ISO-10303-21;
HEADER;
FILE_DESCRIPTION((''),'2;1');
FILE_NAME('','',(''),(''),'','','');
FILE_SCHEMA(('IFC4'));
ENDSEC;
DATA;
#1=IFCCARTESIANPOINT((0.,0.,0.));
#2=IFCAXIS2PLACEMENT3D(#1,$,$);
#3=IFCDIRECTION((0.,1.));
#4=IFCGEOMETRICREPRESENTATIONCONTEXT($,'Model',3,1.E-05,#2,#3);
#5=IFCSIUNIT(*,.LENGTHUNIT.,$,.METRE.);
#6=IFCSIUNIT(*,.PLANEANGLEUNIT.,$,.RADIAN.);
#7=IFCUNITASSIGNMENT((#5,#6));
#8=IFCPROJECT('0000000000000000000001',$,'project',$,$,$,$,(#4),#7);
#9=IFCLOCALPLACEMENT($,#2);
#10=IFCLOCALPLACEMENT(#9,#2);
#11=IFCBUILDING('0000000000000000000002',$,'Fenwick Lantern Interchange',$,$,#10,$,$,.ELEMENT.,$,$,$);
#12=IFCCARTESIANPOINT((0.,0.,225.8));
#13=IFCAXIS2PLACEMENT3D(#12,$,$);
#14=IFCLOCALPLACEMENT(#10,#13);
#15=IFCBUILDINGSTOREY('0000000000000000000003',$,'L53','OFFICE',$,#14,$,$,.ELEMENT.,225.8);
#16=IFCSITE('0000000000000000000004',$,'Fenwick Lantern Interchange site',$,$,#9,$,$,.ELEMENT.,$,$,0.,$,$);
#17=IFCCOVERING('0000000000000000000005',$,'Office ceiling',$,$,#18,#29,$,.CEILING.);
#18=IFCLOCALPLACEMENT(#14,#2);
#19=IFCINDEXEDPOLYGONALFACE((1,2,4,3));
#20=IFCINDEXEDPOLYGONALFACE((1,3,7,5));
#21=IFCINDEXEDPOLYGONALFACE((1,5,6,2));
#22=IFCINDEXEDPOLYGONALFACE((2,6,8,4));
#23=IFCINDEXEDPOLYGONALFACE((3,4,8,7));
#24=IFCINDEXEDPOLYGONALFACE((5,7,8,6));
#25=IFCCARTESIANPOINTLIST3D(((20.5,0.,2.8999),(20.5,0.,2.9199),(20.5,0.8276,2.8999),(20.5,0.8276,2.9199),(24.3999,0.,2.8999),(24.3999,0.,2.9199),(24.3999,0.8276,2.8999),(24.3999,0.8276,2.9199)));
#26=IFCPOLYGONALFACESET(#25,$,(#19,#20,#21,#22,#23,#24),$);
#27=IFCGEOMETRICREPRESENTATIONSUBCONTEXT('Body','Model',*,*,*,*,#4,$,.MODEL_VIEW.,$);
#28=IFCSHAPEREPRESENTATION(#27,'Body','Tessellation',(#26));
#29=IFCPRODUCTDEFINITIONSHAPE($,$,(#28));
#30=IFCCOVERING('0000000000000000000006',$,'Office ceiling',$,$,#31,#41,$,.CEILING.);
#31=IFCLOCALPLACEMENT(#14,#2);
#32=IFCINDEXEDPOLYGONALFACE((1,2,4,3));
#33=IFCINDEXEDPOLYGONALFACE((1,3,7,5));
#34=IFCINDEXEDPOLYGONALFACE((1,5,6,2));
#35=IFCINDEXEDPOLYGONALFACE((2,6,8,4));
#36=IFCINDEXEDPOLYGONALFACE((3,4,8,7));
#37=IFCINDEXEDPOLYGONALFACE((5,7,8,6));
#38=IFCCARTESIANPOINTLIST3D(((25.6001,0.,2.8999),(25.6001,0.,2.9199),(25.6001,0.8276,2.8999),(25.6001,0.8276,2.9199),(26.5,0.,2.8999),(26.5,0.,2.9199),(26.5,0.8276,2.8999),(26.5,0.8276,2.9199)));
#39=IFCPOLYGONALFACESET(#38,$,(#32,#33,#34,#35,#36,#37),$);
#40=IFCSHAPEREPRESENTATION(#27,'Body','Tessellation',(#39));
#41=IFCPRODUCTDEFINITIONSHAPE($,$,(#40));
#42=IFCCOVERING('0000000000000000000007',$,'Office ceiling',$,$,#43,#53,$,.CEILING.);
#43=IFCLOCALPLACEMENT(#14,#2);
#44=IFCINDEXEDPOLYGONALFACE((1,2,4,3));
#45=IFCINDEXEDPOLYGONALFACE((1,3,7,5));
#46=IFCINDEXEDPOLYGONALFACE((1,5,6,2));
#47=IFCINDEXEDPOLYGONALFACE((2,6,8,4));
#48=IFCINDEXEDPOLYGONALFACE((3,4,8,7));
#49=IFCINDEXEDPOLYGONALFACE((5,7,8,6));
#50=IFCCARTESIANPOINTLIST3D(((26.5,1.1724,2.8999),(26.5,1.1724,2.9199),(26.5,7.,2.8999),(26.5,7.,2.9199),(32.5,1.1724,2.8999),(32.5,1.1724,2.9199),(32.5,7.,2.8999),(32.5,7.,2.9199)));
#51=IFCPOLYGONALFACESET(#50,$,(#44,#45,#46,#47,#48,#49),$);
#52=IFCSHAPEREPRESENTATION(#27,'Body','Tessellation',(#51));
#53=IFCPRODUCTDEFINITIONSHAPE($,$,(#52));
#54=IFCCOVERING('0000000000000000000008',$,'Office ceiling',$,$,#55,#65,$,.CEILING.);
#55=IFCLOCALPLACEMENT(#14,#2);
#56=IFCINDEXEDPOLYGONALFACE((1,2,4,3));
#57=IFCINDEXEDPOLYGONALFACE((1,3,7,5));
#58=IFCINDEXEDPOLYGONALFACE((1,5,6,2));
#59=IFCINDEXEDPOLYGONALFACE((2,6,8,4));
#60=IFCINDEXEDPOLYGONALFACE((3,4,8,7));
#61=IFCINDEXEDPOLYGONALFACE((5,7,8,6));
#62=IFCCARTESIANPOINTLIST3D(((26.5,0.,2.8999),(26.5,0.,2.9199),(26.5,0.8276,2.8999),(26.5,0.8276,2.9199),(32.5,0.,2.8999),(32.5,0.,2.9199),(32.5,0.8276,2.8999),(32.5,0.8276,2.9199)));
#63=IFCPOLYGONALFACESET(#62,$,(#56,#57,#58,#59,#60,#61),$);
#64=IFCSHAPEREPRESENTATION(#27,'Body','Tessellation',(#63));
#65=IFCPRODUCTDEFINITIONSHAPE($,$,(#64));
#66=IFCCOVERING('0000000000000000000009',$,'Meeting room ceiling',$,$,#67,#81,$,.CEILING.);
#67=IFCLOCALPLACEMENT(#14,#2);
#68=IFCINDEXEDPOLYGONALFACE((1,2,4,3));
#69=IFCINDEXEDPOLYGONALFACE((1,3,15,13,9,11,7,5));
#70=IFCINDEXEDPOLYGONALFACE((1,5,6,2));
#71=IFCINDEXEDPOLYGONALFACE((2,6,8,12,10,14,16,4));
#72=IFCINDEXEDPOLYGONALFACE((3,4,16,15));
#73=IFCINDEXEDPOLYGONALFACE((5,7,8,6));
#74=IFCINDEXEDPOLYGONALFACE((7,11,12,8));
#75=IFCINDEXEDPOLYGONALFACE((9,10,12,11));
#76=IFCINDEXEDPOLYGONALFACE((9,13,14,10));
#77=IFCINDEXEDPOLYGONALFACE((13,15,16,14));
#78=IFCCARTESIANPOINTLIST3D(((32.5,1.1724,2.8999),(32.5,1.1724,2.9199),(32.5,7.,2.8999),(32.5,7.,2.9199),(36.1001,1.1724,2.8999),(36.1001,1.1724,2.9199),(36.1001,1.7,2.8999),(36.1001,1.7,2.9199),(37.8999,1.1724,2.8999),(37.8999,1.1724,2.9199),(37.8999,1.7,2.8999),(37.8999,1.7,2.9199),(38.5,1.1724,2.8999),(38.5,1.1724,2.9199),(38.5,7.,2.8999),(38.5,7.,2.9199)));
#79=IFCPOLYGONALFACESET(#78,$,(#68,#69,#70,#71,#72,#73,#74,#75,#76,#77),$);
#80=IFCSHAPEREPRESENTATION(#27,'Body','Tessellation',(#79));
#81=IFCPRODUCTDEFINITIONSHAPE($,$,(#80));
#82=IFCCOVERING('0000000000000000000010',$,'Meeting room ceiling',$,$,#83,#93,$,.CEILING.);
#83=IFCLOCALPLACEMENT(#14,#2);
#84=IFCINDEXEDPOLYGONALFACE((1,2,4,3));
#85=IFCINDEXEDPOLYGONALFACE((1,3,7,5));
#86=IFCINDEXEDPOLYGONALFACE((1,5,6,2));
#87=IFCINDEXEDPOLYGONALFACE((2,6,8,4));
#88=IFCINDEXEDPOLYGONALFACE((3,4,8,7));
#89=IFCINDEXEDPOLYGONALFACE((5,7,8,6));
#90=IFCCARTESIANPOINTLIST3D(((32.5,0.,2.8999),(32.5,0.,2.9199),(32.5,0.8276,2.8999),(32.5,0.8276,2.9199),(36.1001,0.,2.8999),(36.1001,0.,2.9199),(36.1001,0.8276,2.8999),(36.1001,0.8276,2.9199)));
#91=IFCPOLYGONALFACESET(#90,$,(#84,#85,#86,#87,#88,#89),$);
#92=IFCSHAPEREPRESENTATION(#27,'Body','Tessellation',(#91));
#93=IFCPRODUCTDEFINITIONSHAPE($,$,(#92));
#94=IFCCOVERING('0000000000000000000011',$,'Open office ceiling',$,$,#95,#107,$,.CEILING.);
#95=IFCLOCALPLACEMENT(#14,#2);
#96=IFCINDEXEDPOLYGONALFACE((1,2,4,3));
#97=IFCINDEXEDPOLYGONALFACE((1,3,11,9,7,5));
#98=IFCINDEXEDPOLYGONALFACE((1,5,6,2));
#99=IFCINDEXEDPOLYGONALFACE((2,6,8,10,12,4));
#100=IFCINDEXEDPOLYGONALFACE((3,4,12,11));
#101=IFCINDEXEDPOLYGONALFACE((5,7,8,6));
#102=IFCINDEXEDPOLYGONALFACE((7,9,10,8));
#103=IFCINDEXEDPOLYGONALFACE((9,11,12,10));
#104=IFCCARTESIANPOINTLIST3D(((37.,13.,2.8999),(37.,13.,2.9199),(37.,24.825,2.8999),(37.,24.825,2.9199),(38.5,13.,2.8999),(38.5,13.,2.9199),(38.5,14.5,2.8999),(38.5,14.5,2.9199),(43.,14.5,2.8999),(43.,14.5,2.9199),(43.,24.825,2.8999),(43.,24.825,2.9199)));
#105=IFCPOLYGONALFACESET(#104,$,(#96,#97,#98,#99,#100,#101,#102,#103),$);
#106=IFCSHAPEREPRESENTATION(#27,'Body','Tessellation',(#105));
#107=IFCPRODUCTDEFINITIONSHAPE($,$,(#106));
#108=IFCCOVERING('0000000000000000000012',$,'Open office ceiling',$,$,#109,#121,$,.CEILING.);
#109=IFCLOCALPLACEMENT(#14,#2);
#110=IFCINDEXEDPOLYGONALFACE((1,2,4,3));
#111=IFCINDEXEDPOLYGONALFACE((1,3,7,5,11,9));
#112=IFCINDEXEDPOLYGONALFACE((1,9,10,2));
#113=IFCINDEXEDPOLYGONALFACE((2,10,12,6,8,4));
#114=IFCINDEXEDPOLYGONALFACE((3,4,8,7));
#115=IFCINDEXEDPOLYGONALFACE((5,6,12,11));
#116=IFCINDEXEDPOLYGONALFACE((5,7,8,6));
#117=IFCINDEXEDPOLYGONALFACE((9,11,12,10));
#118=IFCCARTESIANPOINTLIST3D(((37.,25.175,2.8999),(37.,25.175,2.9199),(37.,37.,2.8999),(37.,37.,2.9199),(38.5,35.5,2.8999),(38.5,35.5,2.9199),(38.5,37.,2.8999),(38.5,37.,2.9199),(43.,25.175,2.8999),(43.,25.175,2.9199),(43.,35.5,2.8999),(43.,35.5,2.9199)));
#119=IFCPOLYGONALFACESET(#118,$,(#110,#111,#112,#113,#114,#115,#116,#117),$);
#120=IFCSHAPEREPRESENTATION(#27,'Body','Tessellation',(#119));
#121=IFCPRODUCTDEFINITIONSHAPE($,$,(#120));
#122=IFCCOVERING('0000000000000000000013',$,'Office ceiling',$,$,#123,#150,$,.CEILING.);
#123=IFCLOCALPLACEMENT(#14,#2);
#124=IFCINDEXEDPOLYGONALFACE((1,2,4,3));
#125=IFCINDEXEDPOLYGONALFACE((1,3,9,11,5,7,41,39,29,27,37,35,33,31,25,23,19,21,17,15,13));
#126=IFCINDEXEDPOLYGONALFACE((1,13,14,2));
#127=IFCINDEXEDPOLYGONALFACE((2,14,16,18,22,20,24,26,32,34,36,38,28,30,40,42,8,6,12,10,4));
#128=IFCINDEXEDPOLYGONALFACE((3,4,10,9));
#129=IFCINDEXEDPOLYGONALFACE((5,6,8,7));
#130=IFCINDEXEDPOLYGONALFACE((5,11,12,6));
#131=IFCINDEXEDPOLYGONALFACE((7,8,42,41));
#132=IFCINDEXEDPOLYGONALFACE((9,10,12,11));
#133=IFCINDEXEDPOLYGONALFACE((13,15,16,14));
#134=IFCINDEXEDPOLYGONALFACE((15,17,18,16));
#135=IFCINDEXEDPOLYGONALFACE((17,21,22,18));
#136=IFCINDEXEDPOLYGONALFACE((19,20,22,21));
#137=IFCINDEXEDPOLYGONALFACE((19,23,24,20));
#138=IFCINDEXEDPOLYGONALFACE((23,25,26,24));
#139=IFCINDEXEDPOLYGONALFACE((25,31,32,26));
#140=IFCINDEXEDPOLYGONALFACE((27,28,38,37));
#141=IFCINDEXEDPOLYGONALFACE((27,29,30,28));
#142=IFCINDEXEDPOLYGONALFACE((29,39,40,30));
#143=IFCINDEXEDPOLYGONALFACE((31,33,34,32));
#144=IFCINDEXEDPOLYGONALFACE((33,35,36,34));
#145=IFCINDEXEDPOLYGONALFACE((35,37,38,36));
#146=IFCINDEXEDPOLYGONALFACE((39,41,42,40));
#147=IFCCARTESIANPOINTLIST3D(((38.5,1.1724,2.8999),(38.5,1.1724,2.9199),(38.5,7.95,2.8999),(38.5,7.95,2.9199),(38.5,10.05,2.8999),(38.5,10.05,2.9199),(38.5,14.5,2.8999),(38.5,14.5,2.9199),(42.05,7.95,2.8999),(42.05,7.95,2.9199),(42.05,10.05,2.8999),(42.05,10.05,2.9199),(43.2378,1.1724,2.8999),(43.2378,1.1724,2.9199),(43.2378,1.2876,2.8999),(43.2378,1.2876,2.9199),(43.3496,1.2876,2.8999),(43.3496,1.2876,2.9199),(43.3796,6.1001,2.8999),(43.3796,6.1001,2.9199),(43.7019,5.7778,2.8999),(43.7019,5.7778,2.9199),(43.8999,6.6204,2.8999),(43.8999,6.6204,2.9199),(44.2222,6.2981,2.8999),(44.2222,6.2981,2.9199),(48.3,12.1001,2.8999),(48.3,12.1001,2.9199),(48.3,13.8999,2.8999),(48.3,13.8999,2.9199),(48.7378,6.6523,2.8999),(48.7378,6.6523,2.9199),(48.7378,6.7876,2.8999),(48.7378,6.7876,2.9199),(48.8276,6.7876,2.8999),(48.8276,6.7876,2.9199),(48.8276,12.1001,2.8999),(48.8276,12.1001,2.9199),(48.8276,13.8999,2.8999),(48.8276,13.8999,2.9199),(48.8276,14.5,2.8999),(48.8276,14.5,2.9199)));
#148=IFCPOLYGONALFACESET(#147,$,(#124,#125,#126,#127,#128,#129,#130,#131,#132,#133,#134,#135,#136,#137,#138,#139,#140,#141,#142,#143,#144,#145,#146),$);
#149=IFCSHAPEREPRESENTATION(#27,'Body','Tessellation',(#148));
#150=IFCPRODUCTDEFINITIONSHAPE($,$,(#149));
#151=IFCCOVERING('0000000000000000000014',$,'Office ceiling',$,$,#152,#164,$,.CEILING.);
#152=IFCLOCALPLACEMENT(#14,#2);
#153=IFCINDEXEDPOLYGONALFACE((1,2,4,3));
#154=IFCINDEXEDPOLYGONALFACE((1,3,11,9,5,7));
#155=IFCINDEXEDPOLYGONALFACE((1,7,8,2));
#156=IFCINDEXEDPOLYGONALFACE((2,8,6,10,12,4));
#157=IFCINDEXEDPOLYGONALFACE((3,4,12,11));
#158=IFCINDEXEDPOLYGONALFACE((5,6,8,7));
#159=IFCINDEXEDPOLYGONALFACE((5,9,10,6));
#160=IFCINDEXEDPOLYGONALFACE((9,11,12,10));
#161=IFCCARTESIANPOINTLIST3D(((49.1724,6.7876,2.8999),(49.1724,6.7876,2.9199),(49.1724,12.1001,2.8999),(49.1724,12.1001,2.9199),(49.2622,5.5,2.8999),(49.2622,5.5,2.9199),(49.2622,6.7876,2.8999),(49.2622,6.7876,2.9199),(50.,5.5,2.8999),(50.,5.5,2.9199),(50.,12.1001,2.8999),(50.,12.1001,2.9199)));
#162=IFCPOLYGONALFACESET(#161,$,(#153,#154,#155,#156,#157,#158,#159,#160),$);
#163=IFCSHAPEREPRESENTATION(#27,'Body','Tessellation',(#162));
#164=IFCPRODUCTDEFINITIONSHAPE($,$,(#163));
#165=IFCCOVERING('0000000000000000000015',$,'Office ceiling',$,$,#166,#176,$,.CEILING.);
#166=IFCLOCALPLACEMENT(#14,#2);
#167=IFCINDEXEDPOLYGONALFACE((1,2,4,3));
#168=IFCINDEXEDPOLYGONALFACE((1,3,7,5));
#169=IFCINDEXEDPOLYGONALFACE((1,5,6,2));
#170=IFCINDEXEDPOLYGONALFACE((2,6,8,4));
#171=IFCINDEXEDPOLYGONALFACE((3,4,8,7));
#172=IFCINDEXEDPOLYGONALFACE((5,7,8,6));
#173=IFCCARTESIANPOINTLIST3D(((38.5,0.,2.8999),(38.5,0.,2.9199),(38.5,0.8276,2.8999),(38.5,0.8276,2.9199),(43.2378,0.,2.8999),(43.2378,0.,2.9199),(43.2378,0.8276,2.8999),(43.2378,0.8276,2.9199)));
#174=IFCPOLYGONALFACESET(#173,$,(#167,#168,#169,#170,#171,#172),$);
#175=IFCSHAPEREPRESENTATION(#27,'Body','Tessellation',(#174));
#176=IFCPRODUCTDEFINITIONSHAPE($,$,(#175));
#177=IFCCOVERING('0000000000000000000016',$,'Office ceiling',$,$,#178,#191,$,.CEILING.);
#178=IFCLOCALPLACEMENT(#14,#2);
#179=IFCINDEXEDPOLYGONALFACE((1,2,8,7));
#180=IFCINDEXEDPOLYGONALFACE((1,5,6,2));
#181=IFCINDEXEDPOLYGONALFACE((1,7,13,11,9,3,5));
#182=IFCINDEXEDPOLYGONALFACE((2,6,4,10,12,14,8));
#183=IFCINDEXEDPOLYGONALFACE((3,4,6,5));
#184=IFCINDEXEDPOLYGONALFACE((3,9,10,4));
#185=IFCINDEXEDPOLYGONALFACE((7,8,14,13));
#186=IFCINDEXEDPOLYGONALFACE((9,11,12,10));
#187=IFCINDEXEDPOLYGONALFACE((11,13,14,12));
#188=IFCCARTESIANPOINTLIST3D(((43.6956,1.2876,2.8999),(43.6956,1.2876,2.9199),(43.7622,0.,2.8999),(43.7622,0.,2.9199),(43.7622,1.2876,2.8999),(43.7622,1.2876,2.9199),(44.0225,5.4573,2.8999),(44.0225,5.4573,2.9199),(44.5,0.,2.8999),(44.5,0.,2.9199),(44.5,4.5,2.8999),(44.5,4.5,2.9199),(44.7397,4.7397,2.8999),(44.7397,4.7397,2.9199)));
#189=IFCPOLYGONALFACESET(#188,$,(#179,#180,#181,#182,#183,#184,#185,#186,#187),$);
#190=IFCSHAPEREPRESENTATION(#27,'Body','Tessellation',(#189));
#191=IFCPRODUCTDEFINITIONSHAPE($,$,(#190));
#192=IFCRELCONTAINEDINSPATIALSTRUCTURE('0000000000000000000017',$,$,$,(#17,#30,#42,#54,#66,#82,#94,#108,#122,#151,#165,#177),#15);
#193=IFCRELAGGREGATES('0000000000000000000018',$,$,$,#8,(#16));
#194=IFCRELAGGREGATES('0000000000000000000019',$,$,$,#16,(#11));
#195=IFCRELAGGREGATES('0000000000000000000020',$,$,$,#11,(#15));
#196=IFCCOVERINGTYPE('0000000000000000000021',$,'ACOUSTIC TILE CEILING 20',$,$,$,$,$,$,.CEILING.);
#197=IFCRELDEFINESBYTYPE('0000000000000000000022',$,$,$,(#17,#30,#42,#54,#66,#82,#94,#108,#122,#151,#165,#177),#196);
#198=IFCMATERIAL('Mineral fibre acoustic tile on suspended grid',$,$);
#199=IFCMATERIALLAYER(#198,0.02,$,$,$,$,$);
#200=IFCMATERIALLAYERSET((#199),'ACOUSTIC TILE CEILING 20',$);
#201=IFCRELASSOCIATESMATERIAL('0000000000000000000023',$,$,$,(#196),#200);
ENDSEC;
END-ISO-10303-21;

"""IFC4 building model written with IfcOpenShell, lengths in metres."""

from ifc_helpers import new_model, si_unit, direction, frame, origin, place, context, subcontext, project, spatial, polyline, outline, extrude, material, layer, layer_set, type_object, element, save


model = new_model("IFC4")

# Units and contexts
model_context = context("Model", 3, precision=1e-05, world=origin(), true_north=direction((0.0, 1.0)))
body_context = subcontext(model_context, "Body", "Model", "MODEL_VIEW")
ifc_project = project(units=[si_unit("LENGTHUNIT", "METRE"), si_unit("PLANEANGLEUNIT", "RADIAN")], contexts=[model_context])

# Site, building, storey
site_placement = place(None, origin())
site = spatial("IfcSite", under=ifc_project, at=site_placement, Name="Fenwick Lantern Interchange site", CompositionType="ELEMENT", RefElevation=0.0)
building_placement = place(site_placement, origin())
building = spatial("IfcBuilding", under=site, at=building_placement, Name="Fenwick Lantern Interchange", CompositionType="ELEMENT")
storey_placement = place(building_placement, frame((0.0, 0.0, 225.8)))
storey = spatial("IfcBuildingStorey", under=building, at=storey_placement, Name="L53", Description="OFFICE", CompositionType="ELEMENT", Elevation=225.8)

# Coverings
ifc_material_1 = material(Name="Mineral fibre acoustic tile on suspended grid")
ifc_layer_1 = layer(ifc_material_1, 0.02)
ifc_layer_set_1 = layer_set([ifc_layer_1], Name="ACOUSTIC TILE CEILING 20")
covering_type_1 = type_object("IfcCoveringType", Name="ACOUSTIC TILE CEILING 20", PredefinedType="CEILING", material=ifc_layer_set_1)
covering_1_placement = place(storey_placement, frame((0.0, 0.0, 2.8999)))
element("IfcCovering", 1, at=covering_1_placement, inside=storey, type_object=covering_type_1, Name="Office ceiling", PredefinedType="CEILING", context=body_context, shape_type="SweptSolid", body=[
    extrude(outline(polyline([(20.5, 0.8276), (20.5, 0.0), (24.3999, 0.0), (24.3999, 0.8276), (20.5, 0.8276)])), origin(), (0.0, 0.0, 1.0), 0.02),
])
covering_2_placement = place(storey_placement, frame((0.0, 0.0, 2.8999)))
element("IfcCovering", 2, at=covering_2_placement, inside=storey, type_object=covering_type_1, Name="Office ceiling", PredefinedType="CEILING", context=body_context, shape_type="SweptSolid", body=[
    extrude(outline(polyline([(26.5, 0.0), (26.5, 0.8276), (25.6001, 0.8276), (25.6001, 0.0), (26.5, 0.0)])), origin(), (0.0, 0.0, 1.0), 0.02),
])
covering_3_placement = place(storey_placement, frame((0.0, 0.0, 2.8999)))
element("IfcCovering", 3, at=covering_3_placement, inside=storey, type_object=covering_type_1, Name="Office ceiling", PredefinedType="CEILING", context=body_context, shape_type="SweptSolid", body=[
    extrude(outline(polyline([(26.5, 7.0), (26.5, 1.1724), (32.5, 1.1724), (32.5, 7.0), (26.5, 7.0)])), origin(), (0.0, 0.0, 1.0), 0.02),
])
covering_4_placement = place(storey_placement, frame((0.0, 0.0, 2.8999)))
element("IfcCovering", 4, at=covering_4_placement, inside=storey, type_object=covering_type_1, Name="Office ceiling", PredefinedType="CEILING", context=body_context, shape_type="SweptSolid", body=[
    extrude(outline(polyline([(32.5, 0.0), (32.5, 0.8276), (26.5, 0.8276), (26.5, 0.0), (32.5, 0.0)])), origin(), (0.0, 0.0, 1.0), 0.02),
])
covering_5_placement = place(storey_placement, frame((0.0, 0.0, 2.8999)))
element("IfcCovering", 5, at=covering_5_placement, inside=storey, type_object=covering_type_1, Name="Meeting room ceiling", PredefinedType="CEILING", context=body_context, shape_type="SweptSolid", body=[
    extrude(outline(polyline([(32.5, 7.0), (32.5, 1.1724), (36.1001, 1.1724), (36.1001, 1.7), (37.8999, 1.7), (37.8999, 1.1724), (38.5, 1.1724), (38.5, 7.0), (32.5, 7.0)])), origin(), (0.0, 0.0, 1.0), 0.02),
])
covering_6_placement = place(storey_placement, frame((0.0, 0.0, 2.8999)))
element("IfcCovering", 6, at=covering_6_placement, inside=storey, type_object=covering_type_1, Name="Meeting room ceiling", PredefinedType="CEILING", context=body_context, shape_type="SweptSolid", body=[
    extrude(outline(polyline([(32.5, 0.8276), (32.5, 0.0), (36.1001, 0.0), (36.1001, 0.8276), (32.5, 0.8276)])), origin(), (0.0, 0.0, 1.0), 0.02),
])
covering_7_placement = place(storey_placement, frame((0.0, 0.0, 2.8999)))
element("IfcCovering", 7, at=covering_7_placement, inside=storey, type_object=covering_type_1, Name="Open office ceiling", PredefinedType="CEILING", context=body_context, shape_type="SweptSolid", body=[
    extrude(outline(polyline([(43.0, 14.5), (43.0, 24.825), (37.0, 24.825), (37.0, 13.0), (38.5, 13.0), (38.5, 14.5), (43.0, 14.5)])), origin(), (0.0, 0.0, 1.0), 0.02),
])
covering_8_placement = place(storey_placement, frame((0.0, 0.0, 2.8999)))
element("IfcCovering", 8, at=covering_8_placement, inside=storey, type_object=covering_type_1, Name="Open office ceiling", PredefinedType="CEILING", context=body_context, shape_type="SweptSolid", body=[
    extrude(outline(polyline([(43.0, 25.175), (43.0, 35.5), (38.5, 35.5), (38.5, 37.0), (37.0, 37.0), (37.0, 25.175), (43.0, 25.175)])), origin(), (0.0, 0.0, 1.0), 0.02),
])
covering_9_placement = place(storey_placement, frame((0.0, 0.0, 2.8999)))
element("IfcCovering", 9, at=covering_9_placement, inside=storey, type_object=covering_type_1, Name="Office ceiling", PredefinedType="CEILING", context=body_context, shape_type="SweptSolid", body=[
    extrude(outline(polyline([(43.2378, 1.2876), (43.3496, 1.2876), (43.7019, 5.7778), (43.3796, 6.1001), (43.8999, 6.6204), (44.2222, 6.2981), (48.7378, 6.6523), (48.7378, 6.7876), (48.8276, 6.7876), (48.8276, 12.1001), (48.3, 12.1001), (48.3, 13.8999), (48.8276, 13.8999), (48.8276, 14.5), (38.5, 14.5), (38.5, 10.05), (42.05, 10.05), (42.05, 7.95), (38.5, 7.95), (38.5, 1.1724), (43.2378, 1.1724), (43.2378, 1.2876)])), origin(), (0.0, 0.0, 1.0), 0.02),
])
covering_10_placement = place(storey_placement, frame((0.0, 0.0, 2.8999)))
element("IfcCovering", 10, at=covering_10_placement, inside=storey, type_object=covering_type_1, Name="Office ceiling", PredefinedType="CEILING", context=body_context, shape_type="SweptSolid", body=[
    extrude(outline(polyline([(50.0, 12.1001), (49.1724, 12.1001), (49.1724, 6.7876), (49.2622, 6.7876), (49.2622, 5.5), (50.0, 5.5), (50.0, 12.1001)])), origin(), (0.0, 0.0, 1.0), 0.02),
])
covering_11_placement = place(storey_placement, frame((0.0, 0.0, 2.8999)))
element("IfcCovering", 11, at=covering_11_placement, inside=storey, type_object=covering_type_1, Name="Office ceiling", PredefinedType="CEILING", context=body_context, shape_type="SweptSolid", body=[
    extrude(outline(polyline([(43.2378, 0.0), (43.2378, 0.8276), (38.5, 0.8276), (38.5, 0.0), (43.2378, 0.0)])), origin(), (0.0, 0.0, 1.0), 0.02),
])
covering_12_placement = place(storey_placement, frame((0.0, 0.0, 2.8999)))
element("IfcCovering", 12, at=covering_12_placement, inside=storey, type_object=covering_type_1, Name="Office ceiling", PredefinedType="CEILING", context=body_context, shape_type="SweptSolid", body=[
    extrude(outline(polyline([(43.6956, 1.2876), (43.7622, 1.2876), (43.7622, 0.0), (44.5, 0.0), (44.5, 4.5), (44.7397, 4.7397), (44.0225, 5.4573), (43.6956, 1.2876)])), origin(), (0.0, 0.0, 1.0), 0.02),
])

save(model, "model.ifc")
